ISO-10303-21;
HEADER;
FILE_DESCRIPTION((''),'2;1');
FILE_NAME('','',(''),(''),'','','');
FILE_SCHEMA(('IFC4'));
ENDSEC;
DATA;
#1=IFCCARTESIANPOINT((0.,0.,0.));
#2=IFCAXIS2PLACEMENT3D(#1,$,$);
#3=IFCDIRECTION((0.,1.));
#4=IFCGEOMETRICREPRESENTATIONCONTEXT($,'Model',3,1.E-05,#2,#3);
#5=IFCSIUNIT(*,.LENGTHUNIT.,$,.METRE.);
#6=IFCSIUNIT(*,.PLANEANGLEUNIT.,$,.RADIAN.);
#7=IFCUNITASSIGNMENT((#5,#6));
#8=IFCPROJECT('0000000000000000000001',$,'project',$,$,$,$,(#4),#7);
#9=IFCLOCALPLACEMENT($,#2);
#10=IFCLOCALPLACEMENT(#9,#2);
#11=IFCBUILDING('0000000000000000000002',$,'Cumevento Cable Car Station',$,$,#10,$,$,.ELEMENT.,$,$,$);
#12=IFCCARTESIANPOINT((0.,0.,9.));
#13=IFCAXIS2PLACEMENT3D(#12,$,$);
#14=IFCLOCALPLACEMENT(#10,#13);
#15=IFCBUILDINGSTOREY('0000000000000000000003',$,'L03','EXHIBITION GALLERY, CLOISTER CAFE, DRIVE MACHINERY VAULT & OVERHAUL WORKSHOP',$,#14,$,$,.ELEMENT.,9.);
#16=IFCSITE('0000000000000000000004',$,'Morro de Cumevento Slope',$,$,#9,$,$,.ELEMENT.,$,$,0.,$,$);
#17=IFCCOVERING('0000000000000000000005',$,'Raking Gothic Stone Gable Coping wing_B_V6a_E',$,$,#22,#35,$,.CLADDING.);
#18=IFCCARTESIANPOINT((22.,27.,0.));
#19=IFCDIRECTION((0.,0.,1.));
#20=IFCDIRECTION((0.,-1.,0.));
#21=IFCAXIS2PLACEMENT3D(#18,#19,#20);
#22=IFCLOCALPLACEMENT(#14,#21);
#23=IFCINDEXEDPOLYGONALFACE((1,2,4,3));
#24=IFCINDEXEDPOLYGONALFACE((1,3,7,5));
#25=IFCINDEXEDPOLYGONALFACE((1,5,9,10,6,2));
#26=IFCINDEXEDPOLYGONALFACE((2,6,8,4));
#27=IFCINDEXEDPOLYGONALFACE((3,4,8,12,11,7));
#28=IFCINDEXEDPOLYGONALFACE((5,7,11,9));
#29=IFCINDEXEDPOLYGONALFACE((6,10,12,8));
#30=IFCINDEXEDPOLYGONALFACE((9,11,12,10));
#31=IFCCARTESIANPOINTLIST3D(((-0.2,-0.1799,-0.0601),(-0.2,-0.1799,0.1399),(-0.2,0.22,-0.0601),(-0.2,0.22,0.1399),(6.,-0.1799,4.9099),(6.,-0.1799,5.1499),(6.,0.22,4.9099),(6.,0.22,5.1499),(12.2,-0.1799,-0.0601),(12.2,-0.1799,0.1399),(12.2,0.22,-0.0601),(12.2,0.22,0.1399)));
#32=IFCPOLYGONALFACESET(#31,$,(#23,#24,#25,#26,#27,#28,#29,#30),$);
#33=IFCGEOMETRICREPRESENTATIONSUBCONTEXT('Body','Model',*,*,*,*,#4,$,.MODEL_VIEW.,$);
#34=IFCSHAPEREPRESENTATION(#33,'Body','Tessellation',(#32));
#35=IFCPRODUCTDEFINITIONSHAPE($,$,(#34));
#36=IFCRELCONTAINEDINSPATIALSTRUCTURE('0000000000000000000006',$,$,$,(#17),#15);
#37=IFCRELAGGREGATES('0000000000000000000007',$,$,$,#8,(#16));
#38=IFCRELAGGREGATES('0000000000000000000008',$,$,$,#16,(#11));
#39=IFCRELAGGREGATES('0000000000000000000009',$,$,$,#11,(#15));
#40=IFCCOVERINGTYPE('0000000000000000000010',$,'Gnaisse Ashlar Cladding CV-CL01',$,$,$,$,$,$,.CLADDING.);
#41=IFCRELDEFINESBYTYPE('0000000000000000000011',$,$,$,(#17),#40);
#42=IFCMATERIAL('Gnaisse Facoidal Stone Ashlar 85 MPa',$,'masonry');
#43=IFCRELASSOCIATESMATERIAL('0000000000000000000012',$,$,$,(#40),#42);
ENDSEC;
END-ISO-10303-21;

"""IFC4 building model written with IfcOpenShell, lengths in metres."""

from ifc_helpers import new_model, si_unit, direction, frame, origin, place, context, subcontext, project, spatial, polyline, outline, extrude, material, type_object, element, save


model = new_model("IFC4")

# Units and contexts
model_context = context("Model", 3, precision=1e-05, world=origin(), true_north=direction((0.0, 1.0)))
body_context = subcontext(model_context, "Body", "Model", "MODEL_VIEW")
ifc_project = project(units=[si_unit("LENGTHUNIT", "METRE"), si_unit("PLANEANGLEUNIT", "RADIAN")], contexts=[model_context])

# Site, building, storey
site_placement = place(None, origin())
site = spatial("IfcSite", under=ifc_project, at=site_placement, Name="Morro de Cumevento Slope", CompositionType="ELEMENT", RefElevation=0.0)
building_placement = place(site_placement, origin())
building = spatial("IfcBuilding", under=site, at=building_placement, Name="Cumevento Cable Car Station", CompositionType="ELEMENT")
storey_placement = place(building_placement, frame((0.0, 0.0, 9.0)))
storey = spatial("IfcBuildingStorey", under=building, at=storey_placement, Name="L03", Description="EXHIBITION GALLERY, CLOISTER CAFE, DRIVE MACHINERY VAULT & OVERHAUL WORKSHOP", CompositionType="ELEMENT", Elevation=9.0)

# Covering
ifc_material_1 = material(Name="Gnaisse Facoidal Stone Ashlar 85 MPa", Category="masonry")
covering_type = type_object("IfcCoveringType", Name="Gnaisse Ashlar Cladding CV-CL01", PredefinedType="CLADDING", material=ifc_material_1)
placement = place(storey_placement, frame((22.0, 27.0, 0.0), z_axis=(0.0, 0.0, 1.0), x_axis=(0.0, -1.0, 0.0)))
element("IfcCovering", 1, at=placement, inside=storey, type_object=covering_type, Name="Raking Gothic Stone Gable Coping wing_B_V6a_E", PredefinedType="CLADDING", context=body_context, shape_type="SweptSolid", body=[
    extrude(outline(polyline([(-0.2, -0.0601), (6.0, 4.9099), (12.2, -0.0601), (12.2, 0.1399), (6.0, 5.1499), (-0.2, 0.1399), (-0.2, -0.0601)])), frame((0.0, 0.22, 0.0), z_axis=(0.0, -1.0, 0.0), x_axis=(1.0, 0.0, 0.0)), (0.0, 0.0, 1.0), 0.3999),
])

save(model, "model.ifc")
